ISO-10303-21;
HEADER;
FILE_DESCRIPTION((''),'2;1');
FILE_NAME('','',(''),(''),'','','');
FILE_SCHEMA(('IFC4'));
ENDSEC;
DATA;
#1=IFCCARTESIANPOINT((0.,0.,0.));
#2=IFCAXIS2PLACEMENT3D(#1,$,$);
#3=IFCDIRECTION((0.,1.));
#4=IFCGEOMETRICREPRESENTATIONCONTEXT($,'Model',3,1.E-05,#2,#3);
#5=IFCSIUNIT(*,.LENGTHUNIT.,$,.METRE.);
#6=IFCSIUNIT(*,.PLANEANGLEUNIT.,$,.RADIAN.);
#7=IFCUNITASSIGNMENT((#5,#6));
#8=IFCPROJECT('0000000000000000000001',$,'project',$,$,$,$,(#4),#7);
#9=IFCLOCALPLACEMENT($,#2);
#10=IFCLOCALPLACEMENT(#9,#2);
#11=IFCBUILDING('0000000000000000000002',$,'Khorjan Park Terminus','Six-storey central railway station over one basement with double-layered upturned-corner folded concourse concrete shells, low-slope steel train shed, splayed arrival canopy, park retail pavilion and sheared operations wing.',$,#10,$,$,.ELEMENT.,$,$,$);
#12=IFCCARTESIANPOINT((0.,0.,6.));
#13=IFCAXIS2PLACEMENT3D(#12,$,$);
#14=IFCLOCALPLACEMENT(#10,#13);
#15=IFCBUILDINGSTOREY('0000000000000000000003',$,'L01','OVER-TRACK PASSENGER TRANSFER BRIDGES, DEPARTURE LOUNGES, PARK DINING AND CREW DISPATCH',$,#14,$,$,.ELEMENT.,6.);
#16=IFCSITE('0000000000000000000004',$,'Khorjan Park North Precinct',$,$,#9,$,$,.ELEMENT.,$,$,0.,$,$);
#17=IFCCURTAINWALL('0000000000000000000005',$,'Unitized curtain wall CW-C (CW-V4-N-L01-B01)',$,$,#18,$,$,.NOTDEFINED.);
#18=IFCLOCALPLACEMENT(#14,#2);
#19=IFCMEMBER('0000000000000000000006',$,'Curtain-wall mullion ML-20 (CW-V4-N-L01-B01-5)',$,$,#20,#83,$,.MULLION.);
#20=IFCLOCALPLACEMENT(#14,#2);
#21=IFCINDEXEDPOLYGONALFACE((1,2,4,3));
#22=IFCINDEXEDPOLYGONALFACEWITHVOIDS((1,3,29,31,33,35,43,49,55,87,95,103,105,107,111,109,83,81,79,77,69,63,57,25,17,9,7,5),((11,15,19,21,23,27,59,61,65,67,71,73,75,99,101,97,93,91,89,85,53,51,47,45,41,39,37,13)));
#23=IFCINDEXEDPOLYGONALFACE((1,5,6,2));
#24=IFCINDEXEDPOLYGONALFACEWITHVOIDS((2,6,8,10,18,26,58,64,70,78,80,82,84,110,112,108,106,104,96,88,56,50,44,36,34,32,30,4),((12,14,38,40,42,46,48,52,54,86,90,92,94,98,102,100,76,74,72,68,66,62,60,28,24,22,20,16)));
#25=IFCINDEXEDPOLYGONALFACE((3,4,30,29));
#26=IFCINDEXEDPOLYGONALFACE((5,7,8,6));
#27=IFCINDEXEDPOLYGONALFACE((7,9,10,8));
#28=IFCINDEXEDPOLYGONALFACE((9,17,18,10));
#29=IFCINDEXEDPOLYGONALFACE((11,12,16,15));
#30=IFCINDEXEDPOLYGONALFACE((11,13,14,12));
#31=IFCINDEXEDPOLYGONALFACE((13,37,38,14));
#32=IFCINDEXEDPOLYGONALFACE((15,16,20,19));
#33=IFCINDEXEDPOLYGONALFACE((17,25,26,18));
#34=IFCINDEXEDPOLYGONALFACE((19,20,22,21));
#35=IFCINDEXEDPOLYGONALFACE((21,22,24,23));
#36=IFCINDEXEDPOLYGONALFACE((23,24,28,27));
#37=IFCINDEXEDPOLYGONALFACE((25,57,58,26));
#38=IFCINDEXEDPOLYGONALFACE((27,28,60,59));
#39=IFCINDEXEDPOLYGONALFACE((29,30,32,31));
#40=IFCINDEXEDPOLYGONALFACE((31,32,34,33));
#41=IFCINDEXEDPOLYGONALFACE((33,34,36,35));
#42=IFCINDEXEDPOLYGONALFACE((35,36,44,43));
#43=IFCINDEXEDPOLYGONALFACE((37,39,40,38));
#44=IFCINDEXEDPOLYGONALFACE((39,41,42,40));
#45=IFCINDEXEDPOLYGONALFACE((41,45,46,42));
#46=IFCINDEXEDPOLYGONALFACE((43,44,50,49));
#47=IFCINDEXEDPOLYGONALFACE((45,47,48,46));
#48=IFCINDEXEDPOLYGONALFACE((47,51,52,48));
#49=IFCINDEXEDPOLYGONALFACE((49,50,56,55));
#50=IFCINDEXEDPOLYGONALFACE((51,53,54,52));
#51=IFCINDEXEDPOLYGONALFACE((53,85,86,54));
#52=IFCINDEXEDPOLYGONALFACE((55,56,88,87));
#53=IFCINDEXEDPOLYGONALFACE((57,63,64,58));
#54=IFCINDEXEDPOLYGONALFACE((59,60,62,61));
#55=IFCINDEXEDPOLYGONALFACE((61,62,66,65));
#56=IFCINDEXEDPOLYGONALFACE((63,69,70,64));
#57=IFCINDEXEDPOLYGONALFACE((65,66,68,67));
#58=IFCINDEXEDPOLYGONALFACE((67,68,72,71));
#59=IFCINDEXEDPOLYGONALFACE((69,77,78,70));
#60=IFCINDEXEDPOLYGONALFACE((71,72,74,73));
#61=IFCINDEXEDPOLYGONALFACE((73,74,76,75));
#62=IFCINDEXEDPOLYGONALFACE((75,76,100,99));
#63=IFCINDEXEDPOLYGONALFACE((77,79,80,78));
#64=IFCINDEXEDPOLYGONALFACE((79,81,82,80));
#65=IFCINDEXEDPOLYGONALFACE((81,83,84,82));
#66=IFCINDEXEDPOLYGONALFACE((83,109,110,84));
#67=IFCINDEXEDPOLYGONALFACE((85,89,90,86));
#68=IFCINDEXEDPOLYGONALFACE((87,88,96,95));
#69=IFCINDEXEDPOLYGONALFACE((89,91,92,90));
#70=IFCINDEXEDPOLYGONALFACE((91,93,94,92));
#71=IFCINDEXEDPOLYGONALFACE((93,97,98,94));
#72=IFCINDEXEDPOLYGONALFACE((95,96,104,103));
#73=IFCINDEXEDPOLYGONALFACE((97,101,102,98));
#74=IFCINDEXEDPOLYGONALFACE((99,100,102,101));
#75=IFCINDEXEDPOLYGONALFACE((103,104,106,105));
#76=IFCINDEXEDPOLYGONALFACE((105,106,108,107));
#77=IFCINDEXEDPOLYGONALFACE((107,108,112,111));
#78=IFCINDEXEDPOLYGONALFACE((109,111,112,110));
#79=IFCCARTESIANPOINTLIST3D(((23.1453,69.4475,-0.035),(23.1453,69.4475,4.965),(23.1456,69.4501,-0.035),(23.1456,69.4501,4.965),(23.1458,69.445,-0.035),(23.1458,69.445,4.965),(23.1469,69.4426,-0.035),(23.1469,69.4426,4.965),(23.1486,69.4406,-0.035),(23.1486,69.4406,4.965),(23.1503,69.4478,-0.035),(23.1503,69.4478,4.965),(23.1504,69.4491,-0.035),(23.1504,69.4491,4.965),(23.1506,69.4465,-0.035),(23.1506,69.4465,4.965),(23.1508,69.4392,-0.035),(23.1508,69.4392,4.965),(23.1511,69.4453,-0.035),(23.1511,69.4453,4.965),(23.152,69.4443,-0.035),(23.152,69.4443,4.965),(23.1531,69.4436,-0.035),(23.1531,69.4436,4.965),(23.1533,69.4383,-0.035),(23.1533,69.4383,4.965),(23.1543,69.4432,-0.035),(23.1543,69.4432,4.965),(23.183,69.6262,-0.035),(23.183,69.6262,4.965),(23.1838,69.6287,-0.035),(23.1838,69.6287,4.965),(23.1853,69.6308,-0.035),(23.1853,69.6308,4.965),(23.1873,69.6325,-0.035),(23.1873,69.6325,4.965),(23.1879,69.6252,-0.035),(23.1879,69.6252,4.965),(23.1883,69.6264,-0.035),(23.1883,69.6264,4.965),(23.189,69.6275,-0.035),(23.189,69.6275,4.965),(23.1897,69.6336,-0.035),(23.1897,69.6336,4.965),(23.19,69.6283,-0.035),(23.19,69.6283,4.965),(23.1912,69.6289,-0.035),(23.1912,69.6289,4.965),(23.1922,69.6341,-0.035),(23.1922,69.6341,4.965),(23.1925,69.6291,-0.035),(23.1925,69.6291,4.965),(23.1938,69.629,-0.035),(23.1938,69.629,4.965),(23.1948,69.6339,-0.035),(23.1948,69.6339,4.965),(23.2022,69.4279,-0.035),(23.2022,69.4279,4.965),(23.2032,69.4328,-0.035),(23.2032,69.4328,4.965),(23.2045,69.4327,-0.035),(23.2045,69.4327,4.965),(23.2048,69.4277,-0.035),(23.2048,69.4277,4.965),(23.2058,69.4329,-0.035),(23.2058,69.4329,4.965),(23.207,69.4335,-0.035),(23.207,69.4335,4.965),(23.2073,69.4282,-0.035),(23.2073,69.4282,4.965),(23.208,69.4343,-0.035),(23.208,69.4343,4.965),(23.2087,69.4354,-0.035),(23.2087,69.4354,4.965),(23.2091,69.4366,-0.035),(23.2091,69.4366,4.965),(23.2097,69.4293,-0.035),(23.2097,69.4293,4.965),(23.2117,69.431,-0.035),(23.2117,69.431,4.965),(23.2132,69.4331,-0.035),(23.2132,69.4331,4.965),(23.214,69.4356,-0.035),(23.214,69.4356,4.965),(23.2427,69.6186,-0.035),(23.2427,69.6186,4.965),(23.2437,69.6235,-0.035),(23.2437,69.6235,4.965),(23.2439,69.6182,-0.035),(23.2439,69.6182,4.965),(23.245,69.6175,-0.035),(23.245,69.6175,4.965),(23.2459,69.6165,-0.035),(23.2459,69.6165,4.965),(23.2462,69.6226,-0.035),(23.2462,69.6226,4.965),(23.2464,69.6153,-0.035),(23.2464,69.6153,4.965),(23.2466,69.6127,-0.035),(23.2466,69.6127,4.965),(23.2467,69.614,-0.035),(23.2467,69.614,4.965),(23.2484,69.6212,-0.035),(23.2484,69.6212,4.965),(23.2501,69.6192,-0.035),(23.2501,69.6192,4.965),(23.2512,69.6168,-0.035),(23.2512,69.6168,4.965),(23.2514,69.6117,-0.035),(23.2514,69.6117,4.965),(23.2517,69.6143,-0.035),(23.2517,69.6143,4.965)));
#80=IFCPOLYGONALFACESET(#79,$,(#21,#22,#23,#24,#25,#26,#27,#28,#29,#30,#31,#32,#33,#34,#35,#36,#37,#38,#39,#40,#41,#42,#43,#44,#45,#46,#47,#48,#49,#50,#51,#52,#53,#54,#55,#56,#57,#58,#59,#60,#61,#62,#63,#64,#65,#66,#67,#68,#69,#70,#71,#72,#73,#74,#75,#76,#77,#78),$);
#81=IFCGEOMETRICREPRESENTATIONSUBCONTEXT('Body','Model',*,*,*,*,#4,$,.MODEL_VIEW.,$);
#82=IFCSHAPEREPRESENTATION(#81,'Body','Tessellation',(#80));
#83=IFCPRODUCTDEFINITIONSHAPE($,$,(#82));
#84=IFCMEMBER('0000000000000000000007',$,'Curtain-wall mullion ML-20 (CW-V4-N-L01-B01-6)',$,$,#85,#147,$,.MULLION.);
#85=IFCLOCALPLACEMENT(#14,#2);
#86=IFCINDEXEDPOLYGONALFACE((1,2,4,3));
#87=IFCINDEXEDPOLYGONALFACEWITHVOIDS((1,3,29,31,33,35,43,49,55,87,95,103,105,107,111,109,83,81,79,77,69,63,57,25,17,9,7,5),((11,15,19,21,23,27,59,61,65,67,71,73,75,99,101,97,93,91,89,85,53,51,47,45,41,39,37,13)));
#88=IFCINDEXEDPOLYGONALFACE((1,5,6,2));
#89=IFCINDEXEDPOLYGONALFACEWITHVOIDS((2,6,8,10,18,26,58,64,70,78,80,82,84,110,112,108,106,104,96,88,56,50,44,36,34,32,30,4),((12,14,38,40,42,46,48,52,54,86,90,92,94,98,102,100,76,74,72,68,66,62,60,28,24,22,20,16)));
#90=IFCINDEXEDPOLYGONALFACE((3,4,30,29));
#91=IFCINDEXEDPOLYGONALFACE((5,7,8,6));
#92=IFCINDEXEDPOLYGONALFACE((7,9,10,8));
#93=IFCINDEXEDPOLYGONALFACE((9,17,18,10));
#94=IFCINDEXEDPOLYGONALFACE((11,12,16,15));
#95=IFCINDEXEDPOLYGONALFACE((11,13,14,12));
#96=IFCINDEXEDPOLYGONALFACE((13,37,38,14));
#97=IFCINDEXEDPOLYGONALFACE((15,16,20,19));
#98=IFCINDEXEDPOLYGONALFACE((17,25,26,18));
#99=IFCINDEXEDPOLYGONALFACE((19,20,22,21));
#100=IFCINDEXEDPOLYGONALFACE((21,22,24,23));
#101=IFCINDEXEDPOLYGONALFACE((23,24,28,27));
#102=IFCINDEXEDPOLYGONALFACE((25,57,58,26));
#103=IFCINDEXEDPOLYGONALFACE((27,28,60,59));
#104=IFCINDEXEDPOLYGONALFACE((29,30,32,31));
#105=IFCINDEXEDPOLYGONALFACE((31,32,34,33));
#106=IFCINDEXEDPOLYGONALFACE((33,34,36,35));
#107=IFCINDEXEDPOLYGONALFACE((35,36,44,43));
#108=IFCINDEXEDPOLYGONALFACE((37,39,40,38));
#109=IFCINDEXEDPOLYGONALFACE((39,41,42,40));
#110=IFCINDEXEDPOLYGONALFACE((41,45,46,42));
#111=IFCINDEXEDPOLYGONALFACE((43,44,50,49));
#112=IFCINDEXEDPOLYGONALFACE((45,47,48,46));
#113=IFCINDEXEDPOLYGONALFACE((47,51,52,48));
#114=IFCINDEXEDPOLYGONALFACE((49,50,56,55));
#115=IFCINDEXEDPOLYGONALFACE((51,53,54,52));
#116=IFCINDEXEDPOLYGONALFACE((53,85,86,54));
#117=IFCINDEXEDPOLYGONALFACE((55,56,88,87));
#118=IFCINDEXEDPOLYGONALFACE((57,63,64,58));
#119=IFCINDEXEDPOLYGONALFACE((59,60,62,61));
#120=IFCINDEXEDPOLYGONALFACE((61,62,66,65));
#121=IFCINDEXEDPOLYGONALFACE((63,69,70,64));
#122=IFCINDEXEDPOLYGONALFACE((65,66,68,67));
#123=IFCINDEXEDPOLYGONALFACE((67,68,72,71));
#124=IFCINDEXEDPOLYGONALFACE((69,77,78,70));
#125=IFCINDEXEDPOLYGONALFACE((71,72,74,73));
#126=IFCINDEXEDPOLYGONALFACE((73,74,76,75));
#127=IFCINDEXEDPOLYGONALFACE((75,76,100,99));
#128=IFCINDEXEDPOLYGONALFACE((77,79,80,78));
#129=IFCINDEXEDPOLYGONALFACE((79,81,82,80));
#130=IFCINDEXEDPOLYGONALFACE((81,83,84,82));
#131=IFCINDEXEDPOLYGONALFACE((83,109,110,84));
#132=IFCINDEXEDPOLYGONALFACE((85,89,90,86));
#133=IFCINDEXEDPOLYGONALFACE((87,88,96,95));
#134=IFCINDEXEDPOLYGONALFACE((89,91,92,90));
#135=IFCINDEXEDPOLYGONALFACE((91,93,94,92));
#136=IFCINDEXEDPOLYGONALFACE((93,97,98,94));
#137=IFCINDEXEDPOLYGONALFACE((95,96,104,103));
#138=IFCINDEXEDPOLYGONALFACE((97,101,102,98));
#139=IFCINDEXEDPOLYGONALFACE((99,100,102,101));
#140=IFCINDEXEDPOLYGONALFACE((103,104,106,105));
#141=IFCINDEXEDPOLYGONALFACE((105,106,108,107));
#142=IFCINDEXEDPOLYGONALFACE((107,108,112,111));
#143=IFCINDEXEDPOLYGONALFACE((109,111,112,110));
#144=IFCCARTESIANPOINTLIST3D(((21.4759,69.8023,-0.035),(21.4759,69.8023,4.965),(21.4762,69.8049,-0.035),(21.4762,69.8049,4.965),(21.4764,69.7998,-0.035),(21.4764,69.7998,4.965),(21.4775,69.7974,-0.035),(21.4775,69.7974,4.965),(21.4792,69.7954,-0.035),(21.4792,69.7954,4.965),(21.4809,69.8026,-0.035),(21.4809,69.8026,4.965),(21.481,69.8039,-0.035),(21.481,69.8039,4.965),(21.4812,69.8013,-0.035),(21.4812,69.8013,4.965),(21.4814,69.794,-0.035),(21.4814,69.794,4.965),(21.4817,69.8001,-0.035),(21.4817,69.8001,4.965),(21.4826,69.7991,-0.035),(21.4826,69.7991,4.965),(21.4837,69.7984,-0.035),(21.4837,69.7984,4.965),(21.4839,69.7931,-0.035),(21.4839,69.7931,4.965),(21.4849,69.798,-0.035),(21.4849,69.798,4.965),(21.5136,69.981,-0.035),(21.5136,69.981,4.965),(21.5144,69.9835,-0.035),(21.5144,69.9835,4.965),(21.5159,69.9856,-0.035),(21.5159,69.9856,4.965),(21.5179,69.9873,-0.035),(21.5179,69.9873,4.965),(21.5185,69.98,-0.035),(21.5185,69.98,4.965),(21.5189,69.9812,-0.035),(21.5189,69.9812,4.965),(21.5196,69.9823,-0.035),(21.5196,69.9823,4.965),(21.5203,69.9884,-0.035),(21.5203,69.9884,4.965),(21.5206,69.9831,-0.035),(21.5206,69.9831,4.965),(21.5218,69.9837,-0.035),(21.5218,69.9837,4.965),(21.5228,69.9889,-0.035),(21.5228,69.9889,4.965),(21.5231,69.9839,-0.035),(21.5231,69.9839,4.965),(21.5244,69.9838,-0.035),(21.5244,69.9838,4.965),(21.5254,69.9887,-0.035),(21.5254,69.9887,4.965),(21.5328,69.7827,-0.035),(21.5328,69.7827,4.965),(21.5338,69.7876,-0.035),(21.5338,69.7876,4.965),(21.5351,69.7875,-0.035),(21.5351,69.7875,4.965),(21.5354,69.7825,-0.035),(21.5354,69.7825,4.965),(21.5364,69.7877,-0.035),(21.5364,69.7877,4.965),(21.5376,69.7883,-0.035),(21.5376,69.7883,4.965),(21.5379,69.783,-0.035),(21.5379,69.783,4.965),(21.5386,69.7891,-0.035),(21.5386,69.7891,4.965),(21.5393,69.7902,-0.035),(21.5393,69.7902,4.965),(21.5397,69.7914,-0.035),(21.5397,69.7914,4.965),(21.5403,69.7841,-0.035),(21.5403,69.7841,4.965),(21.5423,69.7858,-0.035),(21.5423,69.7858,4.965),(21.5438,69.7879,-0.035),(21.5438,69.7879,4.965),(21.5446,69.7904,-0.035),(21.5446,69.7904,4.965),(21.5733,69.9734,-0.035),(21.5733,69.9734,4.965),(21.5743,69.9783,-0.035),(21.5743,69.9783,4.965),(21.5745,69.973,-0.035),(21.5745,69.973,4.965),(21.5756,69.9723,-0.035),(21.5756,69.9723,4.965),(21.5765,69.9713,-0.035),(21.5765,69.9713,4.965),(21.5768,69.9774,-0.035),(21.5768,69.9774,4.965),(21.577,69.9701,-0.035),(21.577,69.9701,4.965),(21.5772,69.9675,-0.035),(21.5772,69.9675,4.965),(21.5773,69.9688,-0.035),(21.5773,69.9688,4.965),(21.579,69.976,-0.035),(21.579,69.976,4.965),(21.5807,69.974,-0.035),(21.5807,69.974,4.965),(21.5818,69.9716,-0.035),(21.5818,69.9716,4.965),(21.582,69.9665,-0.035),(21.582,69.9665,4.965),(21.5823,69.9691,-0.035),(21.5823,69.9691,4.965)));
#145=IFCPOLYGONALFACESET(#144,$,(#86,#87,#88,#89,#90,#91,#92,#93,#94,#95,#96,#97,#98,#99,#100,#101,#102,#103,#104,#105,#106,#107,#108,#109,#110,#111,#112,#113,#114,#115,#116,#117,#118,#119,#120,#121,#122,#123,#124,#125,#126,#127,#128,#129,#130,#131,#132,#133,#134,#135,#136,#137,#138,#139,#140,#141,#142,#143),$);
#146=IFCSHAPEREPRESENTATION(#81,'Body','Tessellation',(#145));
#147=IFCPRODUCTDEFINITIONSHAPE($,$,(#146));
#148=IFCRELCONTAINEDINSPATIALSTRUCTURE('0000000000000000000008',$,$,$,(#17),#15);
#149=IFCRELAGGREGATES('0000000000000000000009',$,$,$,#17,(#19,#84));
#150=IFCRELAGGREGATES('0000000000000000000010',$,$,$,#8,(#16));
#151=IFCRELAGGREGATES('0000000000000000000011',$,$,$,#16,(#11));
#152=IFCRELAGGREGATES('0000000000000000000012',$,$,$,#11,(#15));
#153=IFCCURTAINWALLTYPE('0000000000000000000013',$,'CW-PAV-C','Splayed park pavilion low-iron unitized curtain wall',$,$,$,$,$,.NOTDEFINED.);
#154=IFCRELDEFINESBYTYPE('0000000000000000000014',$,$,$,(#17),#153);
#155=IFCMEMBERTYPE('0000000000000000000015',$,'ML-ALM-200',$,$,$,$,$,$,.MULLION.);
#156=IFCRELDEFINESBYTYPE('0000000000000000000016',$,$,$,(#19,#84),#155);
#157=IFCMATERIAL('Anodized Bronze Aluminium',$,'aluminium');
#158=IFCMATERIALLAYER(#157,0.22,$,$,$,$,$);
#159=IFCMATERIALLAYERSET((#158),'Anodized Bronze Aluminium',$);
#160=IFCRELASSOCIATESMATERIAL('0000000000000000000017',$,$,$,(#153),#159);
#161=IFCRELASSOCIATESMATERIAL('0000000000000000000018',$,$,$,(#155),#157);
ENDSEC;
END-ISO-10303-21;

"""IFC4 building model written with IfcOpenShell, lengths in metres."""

from ifc_helpers import new_model, si_unit, direction, frame, origin, origin_2d, place, context, subcontext, project, spatial, hollow_rectangle, extrude, material, layer, layer_set, material_profile, profile_set, type_object, element, aggregate, save


model = new_model("IFC4")

# Units and contexts
model_context = context("Model", 3, precision=1e-05, world=origin(), true_north=direction((0.0, 1.0)))
body_context = subcontext(model_context, "Body", "Model", "MODEL_VIEW")
ifc_project = project(units=[si_unit("LENGTHUNIT", "METRE"), si_unit("PLANEANGLEUNIT", "RADIAN")], contexts=[model_context])

# Site, building, storey
site_placement = place(None, origin())
site = spatial("IfcSite", under=ifc_project, at=site_placement, Name="Khorjan Park North Precinct", CompositionType="ELEMENT", RefElevation=0.0)
building_placement = place(site_placement, origin())
building = spatial("IfcBuilding", under=site, at=building_placement, Name="Khorjan Park Terminus", Description="Six-storey central railway station over one basement with double-layered upturned-corner folded concourse concrete shells, low-slope steel train shed, splayed arrival canopy, park retail pavilion and sheared operations wing.", CompositionType="ELEMENT")
storey_placement = place(building_placement, frame((0.0, 0.0, 6.0)))
storey = spatial("IfcBuildingStorey", under=building, at=storey_placement, Name="L01", Description="OVER-TRACK PASSENGER TRANSFER BRIDGES, DEPARTURE LOUNGES, PARK DINING AND CREW DISPATCH", CompositionType="ELEMENT", Elevation=6.0)

# Curtain wall, members
ifc_material_1 = material(Name="Anodized Bronze Aluminium", Category="aluminium")
ifc_layer_1 = layer(ifc_material_1, 0.22)
ifc_layer_set_1 = layer_set([ifc_layer_1], Name="Anodized Bronze Aluminium")
curtain_wall_type = type_object("IfcCurtainWallType", Name="CW-PAV-C", Description="Splayed park pavilion low-iron unitized curtain wall", PredefinedType="NOTDEFINED", material=ifc_layer_set_1)
curtain_wall_placement = place(storey_placement, origin())
curtain_wall = element("IfcCurtainWall", 1, at=curtain_wall_placement, inside=storey, type_object=curtain_wall_type, Name="Unitized curtain wall CW-C (CW-V4-N-L01-B01)", PredefinedType="NOTDEFINED")
ifc_material_profile_1 = material_profile(ifc_material_1, hollow_rectangle(XDim=0.07, YDim=0.2, WallThickness=0.005, InnerFilletRadius=0.005, OuterFilletRadius=0.01, at=origin_2d()), Name="ALM 70x200x5")
ifc_profile_set_1 = profile_set([ifc_material_profile_1], Name="Anodized Bronze Aluminium")
member_type_1 = type_object("IfcMemberType", Name="ML-ALM-200", PredefinedType="MULLION", material=ifc_profile_set_1)
member_1_placement = place(storey_placement, frame((23.1985, 69.5309, -0.035), z_axis=(0.0, 0.0, 1.0), x_axis=(-0.97815, 0.207901, 0.0)))
member_1 = element("IfcMember", 2, at=member_1_placement, type_object=member_type_1, Name="Curtain-wall mullion ML-20 (CW-V4-N-L01-B01-5)", PredefinedType="MULLION", context=body_context, shape_type="SweptSolid", body=[
    extrude(hollow_rectangle(XDim=0.07, YDim=0.2, WallThickness=0.005, InnerFilletRadius=0.005, OuterFilletRadius=0.01, at=origin_2d()), origin(), (0.0, 0.0, 1.0), 5.0),
])
member_2_placement = place(storey_placement, frame((21.5291, 69.8857, -0.035), z_axis=(0.0, 0.0, 1.0), x_axis=(-0.97815, 0.207901, 0.0)))
member_2 = element("IfcMember", 3, at=member_2_placement, type_object=member_type_1, Name="Curtain-wall mullion ML-20 (CW-V4-N-L01-B01-6)", PredefinedType="MULLION", context=body_context, shape_type="SweptSolid", body=[
    extrude(hollow_rectangle(XDim=0.07, YDim=0.2, WallThickness=0.005, InnerFilletRadius=0.005, OuterFilletRadius=0.01, at=origin_2d()), origin(), (0.0, 0.0, 1.0), 5.0),
])
aggregate(curtain_wall, [member_1, member_2])

save(model, "model.ifc")
